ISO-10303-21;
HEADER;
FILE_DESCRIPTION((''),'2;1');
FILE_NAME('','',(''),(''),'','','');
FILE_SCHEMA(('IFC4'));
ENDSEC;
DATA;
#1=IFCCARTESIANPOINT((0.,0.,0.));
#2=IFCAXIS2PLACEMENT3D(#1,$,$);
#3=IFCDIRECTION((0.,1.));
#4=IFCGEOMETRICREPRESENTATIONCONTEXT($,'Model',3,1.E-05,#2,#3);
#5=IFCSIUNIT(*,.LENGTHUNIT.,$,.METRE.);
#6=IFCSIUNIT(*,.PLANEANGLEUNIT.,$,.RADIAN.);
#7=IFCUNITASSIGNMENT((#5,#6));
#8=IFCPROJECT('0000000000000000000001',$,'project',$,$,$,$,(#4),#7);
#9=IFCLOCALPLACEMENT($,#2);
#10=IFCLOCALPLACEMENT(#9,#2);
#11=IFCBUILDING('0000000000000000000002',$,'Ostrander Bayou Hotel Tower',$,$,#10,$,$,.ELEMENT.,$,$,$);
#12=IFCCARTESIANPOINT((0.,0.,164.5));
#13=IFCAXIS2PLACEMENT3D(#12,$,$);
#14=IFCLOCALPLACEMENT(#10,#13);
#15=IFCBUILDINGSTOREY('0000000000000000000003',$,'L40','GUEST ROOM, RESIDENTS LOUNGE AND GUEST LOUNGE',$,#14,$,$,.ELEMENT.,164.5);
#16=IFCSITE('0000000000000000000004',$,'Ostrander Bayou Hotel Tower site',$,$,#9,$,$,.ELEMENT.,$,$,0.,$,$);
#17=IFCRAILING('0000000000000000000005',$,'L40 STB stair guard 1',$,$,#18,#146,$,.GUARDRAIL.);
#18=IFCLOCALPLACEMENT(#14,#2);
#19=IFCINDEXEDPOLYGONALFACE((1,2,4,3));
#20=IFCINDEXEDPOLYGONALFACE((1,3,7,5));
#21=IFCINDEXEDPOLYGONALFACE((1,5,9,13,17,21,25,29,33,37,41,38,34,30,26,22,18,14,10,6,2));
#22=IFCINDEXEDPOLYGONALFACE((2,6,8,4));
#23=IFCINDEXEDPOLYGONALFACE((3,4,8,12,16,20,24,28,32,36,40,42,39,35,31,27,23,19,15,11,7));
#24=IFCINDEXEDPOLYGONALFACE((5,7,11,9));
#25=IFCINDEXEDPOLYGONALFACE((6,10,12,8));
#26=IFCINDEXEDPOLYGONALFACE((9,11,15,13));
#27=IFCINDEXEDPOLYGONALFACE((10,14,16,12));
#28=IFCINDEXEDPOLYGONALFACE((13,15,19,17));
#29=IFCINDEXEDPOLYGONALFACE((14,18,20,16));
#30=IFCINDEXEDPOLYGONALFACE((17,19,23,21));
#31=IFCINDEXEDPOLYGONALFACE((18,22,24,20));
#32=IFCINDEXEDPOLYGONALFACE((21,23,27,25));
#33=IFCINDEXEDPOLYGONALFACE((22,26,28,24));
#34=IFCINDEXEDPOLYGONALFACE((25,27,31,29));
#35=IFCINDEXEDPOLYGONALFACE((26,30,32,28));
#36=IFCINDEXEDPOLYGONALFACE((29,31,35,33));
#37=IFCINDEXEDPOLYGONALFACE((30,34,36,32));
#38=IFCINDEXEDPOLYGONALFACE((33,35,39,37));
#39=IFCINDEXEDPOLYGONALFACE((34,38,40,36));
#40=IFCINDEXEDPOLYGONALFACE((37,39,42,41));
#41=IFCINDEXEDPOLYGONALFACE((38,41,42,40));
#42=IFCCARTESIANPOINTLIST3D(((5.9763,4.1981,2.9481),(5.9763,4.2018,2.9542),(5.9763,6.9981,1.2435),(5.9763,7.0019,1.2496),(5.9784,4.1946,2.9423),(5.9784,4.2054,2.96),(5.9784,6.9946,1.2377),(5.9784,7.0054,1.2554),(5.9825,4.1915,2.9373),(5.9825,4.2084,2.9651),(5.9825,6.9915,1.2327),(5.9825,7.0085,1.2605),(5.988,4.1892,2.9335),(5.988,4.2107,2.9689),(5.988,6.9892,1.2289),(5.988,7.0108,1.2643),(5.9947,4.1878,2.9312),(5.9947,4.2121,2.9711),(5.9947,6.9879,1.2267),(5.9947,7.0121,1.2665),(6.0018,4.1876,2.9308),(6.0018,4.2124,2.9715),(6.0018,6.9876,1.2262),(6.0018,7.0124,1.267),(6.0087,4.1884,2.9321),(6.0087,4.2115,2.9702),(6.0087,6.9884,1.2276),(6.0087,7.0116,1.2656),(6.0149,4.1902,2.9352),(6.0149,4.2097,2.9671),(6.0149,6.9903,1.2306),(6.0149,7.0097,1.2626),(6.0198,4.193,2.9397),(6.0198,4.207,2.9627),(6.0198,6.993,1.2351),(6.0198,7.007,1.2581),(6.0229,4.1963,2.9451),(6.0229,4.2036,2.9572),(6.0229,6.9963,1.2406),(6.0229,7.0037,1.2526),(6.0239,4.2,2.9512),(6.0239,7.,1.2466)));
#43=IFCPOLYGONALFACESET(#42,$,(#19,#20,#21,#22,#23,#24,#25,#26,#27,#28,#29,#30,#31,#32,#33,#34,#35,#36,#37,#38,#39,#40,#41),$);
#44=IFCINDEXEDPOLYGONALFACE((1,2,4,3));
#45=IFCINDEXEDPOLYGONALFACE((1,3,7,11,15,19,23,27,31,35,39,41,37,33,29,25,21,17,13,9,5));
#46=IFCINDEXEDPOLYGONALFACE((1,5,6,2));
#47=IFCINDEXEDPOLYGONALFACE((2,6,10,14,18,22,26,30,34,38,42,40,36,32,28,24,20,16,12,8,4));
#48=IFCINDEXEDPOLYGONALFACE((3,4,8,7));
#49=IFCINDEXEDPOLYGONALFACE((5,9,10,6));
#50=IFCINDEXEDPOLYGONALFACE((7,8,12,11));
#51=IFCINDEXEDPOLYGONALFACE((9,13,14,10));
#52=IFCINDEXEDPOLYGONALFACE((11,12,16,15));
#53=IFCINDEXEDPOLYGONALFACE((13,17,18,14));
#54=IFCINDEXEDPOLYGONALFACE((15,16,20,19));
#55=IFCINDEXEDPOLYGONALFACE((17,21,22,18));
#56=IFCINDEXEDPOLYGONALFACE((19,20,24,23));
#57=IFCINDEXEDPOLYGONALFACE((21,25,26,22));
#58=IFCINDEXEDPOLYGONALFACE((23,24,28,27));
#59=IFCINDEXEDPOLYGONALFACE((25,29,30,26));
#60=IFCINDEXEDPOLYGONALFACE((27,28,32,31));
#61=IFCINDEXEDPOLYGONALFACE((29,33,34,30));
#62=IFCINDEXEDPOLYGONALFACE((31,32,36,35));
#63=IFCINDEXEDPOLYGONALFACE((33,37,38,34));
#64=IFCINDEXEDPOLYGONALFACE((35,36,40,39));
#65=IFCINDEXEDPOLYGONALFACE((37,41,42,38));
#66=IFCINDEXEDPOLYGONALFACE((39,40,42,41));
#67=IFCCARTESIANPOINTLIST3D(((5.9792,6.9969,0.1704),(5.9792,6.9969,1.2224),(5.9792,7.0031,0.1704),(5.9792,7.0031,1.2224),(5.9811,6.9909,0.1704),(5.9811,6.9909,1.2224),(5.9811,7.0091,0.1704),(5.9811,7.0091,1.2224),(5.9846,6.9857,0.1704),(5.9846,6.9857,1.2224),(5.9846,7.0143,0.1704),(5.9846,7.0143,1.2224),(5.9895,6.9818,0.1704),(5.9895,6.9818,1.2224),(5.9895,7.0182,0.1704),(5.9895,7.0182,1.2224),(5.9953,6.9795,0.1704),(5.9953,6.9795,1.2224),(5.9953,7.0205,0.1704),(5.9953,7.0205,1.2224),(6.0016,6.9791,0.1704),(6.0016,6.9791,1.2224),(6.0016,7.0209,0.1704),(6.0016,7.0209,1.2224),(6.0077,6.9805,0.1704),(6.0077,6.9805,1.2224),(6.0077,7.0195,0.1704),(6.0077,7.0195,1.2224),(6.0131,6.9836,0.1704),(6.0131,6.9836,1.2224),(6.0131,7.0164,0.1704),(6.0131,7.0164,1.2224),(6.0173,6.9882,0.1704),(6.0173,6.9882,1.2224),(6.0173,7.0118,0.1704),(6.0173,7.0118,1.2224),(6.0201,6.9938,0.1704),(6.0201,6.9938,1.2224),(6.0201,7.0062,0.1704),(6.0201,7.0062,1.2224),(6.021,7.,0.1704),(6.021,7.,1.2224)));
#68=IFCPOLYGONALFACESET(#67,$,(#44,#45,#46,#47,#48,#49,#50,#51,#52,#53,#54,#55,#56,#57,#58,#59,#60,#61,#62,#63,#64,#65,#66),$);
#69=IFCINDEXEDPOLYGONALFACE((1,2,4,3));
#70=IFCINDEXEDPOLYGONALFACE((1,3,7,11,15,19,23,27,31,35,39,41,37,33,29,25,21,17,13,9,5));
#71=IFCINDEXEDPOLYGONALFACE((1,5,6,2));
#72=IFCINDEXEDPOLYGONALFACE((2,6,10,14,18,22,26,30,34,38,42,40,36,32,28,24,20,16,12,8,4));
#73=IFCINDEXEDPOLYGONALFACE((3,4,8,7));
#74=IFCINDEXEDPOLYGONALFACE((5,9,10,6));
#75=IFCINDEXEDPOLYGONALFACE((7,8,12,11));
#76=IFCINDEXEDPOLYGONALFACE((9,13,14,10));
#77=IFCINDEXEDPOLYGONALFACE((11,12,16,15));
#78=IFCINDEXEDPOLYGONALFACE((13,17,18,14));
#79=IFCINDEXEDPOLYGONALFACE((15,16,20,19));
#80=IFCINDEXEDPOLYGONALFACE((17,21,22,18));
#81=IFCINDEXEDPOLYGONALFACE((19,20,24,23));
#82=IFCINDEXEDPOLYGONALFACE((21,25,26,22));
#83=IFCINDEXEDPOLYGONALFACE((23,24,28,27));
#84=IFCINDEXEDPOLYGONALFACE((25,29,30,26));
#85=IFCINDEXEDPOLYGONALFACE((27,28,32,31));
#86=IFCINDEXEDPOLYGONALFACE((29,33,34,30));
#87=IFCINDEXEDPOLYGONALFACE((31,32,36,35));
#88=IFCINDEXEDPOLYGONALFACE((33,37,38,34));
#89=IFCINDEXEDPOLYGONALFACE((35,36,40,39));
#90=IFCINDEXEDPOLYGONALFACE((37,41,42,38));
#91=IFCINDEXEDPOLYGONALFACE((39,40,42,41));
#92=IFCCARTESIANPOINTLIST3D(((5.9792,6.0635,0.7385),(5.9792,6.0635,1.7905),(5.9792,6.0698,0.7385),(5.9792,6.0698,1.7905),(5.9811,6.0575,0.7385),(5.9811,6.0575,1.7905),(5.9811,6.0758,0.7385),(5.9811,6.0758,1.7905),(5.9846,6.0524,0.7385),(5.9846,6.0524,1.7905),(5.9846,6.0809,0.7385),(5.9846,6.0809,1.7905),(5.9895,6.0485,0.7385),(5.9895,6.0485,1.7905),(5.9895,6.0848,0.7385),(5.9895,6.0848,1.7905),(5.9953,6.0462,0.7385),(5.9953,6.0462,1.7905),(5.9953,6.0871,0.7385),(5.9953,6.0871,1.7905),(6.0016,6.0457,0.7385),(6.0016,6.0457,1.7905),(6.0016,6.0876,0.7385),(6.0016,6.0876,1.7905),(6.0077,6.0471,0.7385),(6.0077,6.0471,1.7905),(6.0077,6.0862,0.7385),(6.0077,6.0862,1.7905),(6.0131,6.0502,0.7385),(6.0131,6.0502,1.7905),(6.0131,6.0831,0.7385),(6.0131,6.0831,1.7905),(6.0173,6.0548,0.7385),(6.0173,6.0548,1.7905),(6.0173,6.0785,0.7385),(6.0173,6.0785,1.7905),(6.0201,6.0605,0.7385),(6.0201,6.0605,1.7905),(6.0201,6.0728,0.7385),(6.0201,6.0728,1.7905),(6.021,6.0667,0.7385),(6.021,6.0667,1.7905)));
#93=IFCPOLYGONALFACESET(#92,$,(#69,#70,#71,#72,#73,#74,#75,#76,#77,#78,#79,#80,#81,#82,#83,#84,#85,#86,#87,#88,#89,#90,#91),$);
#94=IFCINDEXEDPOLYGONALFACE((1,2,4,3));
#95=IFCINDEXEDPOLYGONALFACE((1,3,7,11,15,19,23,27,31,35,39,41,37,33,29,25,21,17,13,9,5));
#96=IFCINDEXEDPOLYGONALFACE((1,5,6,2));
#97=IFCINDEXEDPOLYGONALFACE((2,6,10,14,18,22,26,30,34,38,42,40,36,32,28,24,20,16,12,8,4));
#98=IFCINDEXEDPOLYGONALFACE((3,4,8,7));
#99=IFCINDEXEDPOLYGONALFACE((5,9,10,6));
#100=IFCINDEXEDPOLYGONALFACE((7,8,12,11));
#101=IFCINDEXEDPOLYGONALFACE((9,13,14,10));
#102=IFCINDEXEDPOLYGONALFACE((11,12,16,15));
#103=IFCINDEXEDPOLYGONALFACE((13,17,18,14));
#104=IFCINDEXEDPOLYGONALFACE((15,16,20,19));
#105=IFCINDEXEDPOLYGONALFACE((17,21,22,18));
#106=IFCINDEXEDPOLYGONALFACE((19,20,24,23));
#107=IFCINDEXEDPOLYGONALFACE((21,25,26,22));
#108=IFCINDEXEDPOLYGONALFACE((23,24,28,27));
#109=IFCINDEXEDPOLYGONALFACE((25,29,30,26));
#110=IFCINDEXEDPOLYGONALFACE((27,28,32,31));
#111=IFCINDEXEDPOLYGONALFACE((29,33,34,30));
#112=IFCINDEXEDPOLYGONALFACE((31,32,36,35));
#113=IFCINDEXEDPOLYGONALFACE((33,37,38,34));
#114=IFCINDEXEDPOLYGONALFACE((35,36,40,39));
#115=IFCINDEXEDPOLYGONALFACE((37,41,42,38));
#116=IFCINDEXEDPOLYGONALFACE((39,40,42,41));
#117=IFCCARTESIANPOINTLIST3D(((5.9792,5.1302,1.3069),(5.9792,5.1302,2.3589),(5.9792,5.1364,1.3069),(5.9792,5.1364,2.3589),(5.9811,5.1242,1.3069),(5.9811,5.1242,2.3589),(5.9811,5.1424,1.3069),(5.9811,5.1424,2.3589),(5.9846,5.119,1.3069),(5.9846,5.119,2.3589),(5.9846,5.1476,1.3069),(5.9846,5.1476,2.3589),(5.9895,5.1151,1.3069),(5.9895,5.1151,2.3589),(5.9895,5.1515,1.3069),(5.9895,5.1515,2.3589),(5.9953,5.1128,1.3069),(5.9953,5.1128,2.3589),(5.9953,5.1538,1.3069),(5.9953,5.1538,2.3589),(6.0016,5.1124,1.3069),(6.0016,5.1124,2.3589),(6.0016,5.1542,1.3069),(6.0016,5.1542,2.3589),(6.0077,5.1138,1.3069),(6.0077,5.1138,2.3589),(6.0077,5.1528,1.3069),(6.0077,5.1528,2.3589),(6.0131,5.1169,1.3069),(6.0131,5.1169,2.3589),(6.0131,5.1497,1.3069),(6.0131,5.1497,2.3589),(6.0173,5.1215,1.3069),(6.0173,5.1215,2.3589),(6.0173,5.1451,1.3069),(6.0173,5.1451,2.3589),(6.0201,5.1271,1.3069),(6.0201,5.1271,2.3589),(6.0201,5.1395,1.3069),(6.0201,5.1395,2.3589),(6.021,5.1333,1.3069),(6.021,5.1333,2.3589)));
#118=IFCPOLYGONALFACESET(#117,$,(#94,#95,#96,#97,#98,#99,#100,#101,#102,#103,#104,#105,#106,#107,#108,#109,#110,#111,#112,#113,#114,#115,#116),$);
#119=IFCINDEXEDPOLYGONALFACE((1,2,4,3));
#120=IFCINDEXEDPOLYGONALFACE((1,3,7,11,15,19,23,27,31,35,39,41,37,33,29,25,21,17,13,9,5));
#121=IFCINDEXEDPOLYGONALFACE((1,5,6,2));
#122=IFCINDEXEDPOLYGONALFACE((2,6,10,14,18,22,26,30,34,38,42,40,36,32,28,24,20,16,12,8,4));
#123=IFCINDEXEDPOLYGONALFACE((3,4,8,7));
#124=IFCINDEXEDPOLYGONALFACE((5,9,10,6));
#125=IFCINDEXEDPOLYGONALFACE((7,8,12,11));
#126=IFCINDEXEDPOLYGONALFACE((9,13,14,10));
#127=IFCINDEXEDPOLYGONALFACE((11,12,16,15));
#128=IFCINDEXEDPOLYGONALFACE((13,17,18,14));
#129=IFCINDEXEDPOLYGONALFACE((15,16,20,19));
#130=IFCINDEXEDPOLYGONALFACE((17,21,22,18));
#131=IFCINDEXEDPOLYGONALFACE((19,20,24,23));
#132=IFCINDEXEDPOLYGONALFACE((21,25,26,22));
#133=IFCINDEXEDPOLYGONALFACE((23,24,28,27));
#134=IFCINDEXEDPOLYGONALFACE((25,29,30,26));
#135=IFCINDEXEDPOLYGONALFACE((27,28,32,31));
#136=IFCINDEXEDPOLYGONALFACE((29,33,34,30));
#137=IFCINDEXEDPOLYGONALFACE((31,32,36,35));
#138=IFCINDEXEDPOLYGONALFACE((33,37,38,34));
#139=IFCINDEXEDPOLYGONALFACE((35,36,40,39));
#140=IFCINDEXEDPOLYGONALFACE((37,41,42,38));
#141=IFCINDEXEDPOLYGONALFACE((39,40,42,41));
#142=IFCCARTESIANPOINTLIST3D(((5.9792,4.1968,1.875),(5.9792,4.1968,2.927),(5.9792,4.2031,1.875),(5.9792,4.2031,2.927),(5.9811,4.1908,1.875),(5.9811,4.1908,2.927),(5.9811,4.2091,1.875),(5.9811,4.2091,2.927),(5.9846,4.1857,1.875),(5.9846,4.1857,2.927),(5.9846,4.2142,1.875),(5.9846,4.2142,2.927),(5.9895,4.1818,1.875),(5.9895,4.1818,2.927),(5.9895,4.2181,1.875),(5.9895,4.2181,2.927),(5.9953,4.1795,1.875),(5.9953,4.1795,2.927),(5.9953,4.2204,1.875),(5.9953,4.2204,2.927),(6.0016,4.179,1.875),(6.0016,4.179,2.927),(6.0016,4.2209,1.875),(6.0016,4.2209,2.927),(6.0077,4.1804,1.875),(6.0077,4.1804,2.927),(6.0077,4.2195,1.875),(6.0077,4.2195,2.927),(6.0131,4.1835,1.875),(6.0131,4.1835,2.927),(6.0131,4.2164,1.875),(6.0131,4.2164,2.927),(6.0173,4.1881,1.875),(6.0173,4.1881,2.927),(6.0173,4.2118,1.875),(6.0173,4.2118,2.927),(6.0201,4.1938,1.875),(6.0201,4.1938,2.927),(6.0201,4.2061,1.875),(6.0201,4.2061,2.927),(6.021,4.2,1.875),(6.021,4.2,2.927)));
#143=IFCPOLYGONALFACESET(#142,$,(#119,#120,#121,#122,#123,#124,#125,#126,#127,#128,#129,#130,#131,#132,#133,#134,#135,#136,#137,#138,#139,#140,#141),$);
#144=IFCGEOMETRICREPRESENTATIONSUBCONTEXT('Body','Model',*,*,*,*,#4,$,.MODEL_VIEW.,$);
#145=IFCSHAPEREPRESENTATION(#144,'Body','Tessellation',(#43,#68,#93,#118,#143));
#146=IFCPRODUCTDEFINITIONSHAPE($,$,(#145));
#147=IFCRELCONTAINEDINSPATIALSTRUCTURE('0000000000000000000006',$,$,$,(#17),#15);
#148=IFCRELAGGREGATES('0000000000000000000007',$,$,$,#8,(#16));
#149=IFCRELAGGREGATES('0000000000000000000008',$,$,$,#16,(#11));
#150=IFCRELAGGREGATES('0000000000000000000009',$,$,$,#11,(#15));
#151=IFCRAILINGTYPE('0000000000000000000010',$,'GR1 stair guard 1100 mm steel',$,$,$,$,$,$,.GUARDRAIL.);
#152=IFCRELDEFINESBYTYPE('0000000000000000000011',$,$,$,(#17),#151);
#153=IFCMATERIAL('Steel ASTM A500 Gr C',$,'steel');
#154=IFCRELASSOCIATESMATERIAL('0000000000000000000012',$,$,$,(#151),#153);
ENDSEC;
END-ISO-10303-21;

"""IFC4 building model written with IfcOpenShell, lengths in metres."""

from ifc_helpers import new_model, si_unit, direction, frame, origin, origin_2d, place, context, subcontext, project, spatial, circle, extrude, material, type_object, element, save


model = new_model("IFC4")

# Units and contexts
model_context = context("Model", 3, precision=1e-05, world=origin(), true_north=direction((0.0, 1.0)))
body_context = subcontext(model_context, "Body", "Model", "MODEL_VIEW")
ifc_project = project(units=[si_unit("LENGTHUNIT", "METRE"), si_unit("PLANEANGLEUNIT", "RADIAN")], contexts=[model_context])

# Site, building, storey
site_placement = place(None, origin())
site = spatial("IfcSite", under=ifc_project, at=site_placement, Name="Ostrander Bayou Hotel Tower site", CompositionType="ELEMENT", RefElevation=0.0)
building_placement = place(site_placement, origin())
building = spatial("IfcBuilding", under=site, at=building_placement, Name="Ostrander Bayou Hotel Tower", CompositionType="ELEMENT")
storey_placement = place(building_placement, frame((0.0, 0.0, 164.5)))
storey = spatial("IfcBuildingStorey", under=building, at=storey_placement, Name="L40", Description="GUEST ROOM, RESIDENTS LOUNGE AND GUEST LOUNGE", CompositionType="ELEMENT", Elevation=164.5)

# Railing
ifc_material_1 = material(Name="Steel ASTM A500 Gr C", Category="steel")
railing_type_1 = type_object("IfcRailingType", Name="GR1 stair guard 1100 mm steel", PredefinedType="GUARDRAIL", material=ifc_material_1)
railing_1_placement = place(storey_placement, frame((6.0, 7.0, 0.1704)))
element("IfcRailing", 1, at=railing_1_placement, inside=storey, type_object=railing_type_1, Name="L40 STB stair guard 1", PredefinedType="GUARDRAIL", context=body_context, shape_type="SweptSolid", body=[
    extrude(circle(Radius=0.0239, at=origin_2d()), frame((0.0, 0.0, 1.0762), z_axis=(0.0, -0.85417, 0.519994), x_axis=(1.0, 0.0, 0.0)), (0.0, 0.0, 1.0), 3.2781),
    extrude(circle(Radius=0.021, at=origin_2d()), origin(), (0.0, 0.0, 1.0), 1.052),
    extrude(circle(Radius=0.021, at=origin_2d()), frame((0.0, -0.9333, 0.5681)), (0.0, 0.0, 1.0), 1.052),
    extrude(circle(Radius=0.021, at=origin_2d()), frame((0.0, -1.8667, 1.1365)), (0.0, 0.0, 1.0), 1.052),
    extrude(circle(Radius=0.021, at=origin_2d()), frame((0.0, -2.8, 1.7046)), (0.0, 0.0, 1.0), 1.052),
])

save(model, "model.ifc")
